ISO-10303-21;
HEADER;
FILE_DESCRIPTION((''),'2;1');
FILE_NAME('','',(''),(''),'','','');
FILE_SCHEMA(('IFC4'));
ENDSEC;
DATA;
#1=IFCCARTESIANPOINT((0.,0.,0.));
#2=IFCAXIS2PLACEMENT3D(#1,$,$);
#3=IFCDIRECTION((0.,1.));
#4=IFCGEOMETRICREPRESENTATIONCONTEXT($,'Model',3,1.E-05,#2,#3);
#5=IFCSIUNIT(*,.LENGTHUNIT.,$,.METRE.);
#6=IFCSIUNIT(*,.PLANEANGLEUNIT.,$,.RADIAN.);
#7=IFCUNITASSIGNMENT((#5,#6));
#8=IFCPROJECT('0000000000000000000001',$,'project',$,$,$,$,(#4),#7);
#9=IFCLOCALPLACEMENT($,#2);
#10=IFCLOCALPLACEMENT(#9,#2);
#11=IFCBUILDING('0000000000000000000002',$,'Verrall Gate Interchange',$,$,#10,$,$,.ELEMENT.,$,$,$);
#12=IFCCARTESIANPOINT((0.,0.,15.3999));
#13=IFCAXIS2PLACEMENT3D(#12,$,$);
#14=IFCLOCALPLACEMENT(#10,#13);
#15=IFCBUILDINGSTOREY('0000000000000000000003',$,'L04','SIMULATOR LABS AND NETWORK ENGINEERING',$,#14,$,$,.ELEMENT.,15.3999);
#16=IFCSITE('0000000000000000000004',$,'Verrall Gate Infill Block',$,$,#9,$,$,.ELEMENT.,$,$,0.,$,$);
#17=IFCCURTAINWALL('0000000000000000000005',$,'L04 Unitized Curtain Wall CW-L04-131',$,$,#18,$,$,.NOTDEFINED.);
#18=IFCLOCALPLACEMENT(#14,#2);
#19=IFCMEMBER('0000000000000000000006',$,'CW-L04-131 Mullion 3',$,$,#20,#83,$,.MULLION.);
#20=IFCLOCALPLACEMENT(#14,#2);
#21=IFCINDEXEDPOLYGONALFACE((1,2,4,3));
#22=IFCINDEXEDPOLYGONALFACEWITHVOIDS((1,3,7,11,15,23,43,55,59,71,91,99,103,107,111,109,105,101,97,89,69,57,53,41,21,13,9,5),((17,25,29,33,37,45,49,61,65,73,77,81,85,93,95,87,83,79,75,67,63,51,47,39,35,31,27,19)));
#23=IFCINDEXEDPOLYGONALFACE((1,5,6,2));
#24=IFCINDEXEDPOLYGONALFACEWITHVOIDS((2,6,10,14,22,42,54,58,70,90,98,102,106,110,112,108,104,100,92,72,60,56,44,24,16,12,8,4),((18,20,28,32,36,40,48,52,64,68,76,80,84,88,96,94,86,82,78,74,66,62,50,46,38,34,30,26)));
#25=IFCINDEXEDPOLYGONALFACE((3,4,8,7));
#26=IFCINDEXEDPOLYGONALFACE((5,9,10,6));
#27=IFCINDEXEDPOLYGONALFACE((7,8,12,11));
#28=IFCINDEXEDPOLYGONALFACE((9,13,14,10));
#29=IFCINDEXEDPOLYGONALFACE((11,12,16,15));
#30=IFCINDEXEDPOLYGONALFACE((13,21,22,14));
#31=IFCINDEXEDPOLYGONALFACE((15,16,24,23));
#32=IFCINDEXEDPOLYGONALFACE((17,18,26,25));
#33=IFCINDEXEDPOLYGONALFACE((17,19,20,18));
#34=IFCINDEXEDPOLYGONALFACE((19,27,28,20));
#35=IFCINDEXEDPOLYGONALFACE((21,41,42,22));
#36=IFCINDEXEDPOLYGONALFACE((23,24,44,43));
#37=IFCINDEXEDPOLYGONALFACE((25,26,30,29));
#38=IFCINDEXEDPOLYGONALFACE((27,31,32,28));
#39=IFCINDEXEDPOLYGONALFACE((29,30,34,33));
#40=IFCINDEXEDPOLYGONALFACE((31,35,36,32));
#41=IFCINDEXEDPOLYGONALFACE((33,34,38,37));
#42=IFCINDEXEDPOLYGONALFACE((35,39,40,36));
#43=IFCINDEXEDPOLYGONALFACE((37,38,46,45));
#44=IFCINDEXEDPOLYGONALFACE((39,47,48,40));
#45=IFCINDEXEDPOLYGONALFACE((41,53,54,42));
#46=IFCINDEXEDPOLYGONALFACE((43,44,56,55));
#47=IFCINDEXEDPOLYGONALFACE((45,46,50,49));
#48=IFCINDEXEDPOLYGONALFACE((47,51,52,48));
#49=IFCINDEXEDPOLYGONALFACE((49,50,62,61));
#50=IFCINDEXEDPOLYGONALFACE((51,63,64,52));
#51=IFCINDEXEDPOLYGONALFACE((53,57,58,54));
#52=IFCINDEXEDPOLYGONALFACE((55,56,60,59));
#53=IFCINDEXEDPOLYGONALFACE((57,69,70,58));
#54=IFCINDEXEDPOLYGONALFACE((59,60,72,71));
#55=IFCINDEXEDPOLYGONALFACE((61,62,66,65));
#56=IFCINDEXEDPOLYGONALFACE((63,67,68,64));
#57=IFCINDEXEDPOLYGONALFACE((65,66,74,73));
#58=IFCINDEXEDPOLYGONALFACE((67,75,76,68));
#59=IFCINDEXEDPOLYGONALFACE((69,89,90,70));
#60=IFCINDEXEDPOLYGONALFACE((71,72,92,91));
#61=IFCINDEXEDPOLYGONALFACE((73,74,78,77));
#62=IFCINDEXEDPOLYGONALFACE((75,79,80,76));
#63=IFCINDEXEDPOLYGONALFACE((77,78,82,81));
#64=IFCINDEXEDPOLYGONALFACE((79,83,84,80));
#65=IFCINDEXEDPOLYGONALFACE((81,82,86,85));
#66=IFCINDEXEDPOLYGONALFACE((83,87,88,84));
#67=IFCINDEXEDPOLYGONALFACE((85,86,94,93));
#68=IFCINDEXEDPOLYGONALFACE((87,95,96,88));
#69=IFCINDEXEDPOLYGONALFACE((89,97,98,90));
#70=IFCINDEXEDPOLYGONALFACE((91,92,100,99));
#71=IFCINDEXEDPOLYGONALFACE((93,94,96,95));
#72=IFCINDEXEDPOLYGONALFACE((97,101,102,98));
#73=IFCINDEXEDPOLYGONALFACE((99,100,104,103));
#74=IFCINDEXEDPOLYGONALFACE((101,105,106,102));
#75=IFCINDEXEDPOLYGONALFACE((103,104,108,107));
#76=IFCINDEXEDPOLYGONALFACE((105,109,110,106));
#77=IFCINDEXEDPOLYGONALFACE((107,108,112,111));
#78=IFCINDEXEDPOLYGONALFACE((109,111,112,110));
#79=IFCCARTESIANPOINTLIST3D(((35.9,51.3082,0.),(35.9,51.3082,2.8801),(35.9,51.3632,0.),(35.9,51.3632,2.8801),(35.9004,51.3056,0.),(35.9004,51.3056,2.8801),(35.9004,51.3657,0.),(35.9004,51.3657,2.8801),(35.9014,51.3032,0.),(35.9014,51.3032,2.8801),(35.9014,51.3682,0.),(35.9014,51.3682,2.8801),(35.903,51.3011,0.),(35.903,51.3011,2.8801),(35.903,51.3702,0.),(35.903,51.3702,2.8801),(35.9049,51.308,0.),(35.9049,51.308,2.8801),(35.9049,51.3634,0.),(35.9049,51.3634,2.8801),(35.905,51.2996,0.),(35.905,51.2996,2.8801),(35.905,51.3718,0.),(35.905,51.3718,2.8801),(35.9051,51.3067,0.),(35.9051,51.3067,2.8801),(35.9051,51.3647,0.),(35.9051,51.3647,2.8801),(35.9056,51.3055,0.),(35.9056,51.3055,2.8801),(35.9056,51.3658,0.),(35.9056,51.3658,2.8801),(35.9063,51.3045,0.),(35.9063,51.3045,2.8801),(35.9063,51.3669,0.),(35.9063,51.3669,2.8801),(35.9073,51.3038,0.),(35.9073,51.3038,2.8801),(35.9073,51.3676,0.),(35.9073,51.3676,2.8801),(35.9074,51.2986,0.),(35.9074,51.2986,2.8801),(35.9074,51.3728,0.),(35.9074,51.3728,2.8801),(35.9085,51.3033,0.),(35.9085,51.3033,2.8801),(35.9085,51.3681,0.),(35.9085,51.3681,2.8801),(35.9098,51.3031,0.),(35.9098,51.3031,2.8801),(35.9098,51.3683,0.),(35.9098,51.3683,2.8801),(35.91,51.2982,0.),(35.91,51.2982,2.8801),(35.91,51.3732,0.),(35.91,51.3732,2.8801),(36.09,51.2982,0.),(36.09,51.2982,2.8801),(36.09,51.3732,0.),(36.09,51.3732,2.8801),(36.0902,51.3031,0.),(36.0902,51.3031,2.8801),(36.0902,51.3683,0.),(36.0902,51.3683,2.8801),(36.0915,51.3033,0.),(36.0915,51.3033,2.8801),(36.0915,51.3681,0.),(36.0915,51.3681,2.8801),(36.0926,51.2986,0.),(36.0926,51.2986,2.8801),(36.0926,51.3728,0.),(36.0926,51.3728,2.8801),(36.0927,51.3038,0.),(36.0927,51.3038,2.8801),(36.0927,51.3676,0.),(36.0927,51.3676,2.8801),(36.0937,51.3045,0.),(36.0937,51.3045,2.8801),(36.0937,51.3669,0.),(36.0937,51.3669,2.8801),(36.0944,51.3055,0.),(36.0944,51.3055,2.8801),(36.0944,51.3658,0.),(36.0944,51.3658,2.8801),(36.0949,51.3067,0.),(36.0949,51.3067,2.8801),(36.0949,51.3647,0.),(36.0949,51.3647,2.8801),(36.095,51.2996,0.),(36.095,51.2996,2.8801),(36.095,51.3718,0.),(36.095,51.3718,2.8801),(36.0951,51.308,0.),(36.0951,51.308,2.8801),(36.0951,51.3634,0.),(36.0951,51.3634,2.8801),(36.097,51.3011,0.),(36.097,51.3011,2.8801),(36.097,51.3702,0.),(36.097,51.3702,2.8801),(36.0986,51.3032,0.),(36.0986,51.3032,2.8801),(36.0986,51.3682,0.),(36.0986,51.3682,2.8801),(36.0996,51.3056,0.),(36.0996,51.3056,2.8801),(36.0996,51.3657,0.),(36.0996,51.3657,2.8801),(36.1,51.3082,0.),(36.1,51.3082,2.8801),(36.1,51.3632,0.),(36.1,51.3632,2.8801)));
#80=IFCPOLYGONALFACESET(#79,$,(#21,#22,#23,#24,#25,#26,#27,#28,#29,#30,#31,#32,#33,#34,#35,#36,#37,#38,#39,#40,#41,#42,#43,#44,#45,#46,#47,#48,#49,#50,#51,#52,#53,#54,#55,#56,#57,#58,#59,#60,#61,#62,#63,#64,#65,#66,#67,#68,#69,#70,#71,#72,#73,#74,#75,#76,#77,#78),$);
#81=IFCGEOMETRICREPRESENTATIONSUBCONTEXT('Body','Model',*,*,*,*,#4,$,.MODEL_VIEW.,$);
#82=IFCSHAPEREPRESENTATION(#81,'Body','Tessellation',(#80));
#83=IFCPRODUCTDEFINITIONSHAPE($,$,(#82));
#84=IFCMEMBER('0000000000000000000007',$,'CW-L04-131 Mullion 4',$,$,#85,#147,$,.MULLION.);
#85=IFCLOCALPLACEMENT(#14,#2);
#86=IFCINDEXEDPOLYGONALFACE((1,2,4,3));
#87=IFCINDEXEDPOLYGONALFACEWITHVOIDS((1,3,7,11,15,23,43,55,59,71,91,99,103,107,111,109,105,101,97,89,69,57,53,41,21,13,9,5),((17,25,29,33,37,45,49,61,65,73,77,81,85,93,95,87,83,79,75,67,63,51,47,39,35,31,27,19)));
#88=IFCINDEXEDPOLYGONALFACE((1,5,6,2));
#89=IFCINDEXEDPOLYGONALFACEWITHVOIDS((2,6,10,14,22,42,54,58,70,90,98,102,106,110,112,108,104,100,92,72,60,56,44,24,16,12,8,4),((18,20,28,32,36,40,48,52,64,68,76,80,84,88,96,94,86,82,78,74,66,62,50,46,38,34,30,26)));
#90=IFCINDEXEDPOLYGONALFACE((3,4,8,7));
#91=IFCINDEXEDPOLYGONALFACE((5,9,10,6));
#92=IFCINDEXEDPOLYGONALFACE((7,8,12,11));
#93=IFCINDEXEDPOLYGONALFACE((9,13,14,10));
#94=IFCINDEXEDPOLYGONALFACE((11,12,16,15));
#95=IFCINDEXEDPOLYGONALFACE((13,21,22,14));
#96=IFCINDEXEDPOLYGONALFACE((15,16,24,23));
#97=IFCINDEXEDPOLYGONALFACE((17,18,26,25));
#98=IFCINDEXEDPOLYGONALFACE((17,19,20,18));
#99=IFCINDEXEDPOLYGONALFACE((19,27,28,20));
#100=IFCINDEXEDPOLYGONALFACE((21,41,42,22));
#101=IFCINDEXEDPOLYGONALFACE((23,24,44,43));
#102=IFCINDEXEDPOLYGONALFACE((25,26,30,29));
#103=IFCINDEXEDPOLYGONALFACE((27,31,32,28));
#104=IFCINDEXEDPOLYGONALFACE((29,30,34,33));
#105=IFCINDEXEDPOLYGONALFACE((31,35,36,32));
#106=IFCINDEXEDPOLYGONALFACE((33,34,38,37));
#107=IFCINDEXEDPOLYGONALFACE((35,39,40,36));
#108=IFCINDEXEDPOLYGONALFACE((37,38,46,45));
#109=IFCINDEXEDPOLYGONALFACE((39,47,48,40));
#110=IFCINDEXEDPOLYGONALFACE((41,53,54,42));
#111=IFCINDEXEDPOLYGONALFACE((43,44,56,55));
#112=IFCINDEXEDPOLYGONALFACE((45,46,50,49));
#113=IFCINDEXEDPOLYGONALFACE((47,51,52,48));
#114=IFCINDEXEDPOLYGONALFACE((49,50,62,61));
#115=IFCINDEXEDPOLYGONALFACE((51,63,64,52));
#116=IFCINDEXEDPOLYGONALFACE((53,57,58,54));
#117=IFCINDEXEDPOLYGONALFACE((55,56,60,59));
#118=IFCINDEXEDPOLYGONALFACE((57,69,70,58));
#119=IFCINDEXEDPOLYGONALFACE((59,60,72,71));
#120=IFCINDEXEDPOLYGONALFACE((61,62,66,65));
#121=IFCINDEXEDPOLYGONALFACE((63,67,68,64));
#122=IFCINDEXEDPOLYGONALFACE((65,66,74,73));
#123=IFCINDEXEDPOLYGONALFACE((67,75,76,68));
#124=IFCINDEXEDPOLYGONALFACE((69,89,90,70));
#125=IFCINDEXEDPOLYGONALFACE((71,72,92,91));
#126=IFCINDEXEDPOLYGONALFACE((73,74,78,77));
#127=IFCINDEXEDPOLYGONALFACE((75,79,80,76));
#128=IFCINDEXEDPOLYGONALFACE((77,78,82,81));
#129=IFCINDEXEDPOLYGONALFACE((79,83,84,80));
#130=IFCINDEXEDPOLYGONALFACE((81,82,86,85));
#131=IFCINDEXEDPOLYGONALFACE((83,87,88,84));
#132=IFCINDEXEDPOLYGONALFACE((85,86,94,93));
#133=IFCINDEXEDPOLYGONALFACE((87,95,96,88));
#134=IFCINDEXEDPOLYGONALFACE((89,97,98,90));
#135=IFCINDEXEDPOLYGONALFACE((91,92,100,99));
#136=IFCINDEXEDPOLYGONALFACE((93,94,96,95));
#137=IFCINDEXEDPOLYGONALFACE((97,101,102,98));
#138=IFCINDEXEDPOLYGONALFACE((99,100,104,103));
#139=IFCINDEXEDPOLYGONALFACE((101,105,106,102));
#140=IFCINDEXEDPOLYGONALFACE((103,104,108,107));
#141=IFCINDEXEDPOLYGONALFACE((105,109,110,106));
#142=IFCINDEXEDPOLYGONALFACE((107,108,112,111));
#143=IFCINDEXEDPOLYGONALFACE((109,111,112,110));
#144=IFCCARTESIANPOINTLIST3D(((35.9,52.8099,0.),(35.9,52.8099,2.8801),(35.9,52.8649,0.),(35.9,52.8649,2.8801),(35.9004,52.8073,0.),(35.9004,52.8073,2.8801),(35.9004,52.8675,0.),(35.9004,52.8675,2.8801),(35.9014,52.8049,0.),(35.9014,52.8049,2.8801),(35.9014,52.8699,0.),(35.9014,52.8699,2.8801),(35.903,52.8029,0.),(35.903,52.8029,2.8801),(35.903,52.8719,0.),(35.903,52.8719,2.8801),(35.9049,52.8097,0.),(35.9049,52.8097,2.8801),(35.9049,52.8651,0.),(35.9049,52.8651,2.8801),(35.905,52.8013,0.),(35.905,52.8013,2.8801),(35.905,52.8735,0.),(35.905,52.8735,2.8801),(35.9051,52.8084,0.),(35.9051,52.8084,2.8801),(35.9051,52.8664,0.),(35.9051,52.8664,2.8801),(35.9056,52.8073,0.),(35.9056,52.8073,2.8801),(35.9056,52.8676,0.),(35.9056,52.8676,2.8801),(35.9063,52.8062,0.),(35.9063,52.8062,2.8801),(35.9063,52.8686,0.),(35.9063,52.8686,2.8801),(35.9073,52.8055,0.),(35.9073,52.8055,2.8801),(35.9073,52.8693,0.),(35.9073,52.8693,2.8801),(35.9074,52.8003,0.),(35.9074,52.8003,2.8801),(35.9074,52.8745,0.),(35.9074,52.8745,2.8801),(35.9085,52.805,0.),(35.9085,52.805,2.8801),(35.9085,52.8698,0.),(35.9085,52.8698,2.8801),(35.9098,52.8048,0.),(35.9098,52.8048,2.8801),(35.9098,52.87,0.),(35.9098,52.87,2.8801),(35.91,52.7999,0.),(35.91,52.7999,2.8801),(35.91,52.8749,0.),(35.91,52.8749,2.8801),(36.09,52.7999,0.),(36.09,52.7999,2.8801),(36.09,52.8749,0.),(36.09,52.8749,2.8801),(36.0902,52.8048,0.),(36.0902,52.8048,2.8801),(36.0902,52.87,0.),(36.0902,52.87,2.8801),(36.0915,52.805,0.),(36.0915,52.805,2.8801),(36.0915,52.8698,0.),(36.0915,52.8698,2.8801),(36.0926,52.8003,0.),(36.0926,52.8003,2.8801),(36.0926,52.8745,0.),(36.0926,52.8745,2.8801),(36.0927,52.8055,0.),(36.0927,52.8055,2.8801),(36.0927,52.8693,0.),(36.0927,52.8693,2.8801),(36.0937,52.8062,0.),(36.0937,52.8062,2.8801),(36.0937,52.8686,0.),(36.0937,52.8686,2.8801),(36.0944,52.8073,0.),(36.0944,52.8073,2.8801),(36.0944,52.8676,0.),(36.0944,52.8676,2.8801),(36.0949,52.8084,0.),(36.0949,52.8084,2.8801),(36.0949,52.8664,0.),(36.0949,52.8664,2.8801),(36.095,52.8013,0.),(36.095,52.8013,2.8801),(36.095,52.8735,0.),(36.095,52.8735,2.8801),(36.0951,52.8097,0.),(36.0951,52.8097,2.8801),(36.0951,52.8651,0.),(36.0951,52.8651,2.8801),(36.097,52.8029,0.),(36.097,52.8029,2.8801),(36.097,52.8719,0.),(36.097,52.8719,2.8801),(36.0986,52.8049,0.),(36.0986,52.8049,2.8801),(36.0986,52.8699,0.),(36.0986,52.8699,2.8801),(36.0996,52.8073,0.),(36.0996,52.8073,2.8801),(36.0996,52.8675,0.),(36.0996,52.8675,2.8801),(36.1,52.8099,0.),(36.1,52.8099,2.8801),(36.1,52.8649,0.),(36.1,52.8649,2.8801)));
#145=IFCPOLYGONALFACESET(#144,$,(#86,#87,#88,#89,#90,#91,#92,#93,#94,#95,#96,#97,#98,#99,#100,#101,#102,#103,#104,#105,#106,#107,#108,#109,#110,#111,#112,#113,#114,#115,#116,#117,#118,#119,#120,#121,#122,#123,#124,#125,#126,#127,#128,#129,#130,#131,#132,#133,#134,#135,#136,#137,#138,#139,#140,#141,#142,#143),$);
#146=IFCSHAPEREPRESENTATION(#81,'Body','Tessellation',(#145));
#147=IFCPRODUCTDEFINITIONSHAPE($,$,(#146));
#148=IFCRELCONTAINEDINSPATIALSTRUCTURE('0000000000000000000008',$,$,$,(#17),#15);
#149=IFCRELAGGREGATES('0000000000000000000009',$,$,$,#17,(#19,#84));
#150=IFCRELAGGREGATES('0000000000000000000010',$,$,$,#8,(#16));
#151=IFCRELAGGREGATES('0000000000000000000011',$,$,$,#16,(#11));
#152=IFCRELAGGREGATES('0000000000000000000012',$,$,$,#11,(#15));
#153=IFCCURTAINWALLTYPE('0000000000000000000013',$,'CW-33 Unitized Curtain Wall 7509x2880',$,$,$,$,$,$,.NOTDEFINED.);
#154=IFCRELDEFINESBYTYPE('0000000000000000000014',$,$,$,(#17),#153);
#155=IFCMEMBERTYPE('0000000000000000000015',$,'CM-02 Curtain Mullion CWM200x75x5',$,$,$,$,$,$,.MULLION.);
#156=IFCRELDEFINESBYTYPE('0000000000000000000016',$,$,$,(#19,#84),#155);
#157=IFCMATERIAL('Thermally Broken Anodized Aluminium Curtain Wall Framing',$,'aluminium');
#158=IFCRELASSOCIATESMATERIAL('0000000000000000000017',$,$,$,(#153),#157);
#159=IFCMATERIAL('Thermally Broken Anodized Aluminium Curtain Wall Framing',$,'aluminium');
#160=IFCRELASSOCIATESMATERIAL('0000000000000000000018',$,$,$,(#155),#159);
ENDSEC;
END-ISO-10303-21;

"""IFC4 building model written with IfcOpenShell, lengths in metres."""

from ifc_helpers import new_model, si_unit, direction, frame, origin, origin_2d, place, context, subcontext, project, spatial, hollow_rectangle, extrude, material, material_profile, profile_set, type_object, element, aggregate, save


model = new_model("IFC4")

# Units and contexts
model_context = context("Model", 3, precision=1e-05, world=origin(), true_north=direction((0.0, 1.0)))
body_context = subcontext(model_context, "Body", "Model", "MODEL_VIEW")
ifc_project = project(units=[si_unit("LENGTHUNIT", "METRE"), si_unit("PLANEANGLEUNIT", "RADIAN")], contexts=[model_context])

# Site, building, storey
site_placement = place(None, origin())
site = spatial("IfcSite", under=ifc_project, at=site_placement, Name="Verrall Gate Infill Block", CompositionType="ELEMENT", RefElevation=0.0)
building_placement = place(site_placement, origin())
building = spatial("IfcBuilding", under=site, at=building_placement, Name="Verrall Gate Interchange", CompositionType="ELEMENT")
storey_placement = place(building_placement, frame((0.0, 0.0, 15.3999)))
storey = spatial("IfcBuildingStorey", under=building, at=storey_placement, Name="L04", Description="SIMULATOR LABS AND NETWORK ENGINEERING", CompositionType="ELEMENT", Elevation=15.3999)

# Curtain wall, members
ifc_material_1 = material(Name="Thermally Broken Anodized Aluminium Curtain Wall Framing", Category="aluminium")
curtain_wall_type_1 = type_object("IfcCurtainWallType", Name="CW-33 Unitized Curtain Wall 7509x2880", PredefinedType="NOTDEFINED", material=ifc_material_1)
curtain_wall_1_placement = place(storey_placement, origin())
curtain_wall_1 = element("IfcCurtainWall", 1, at=curtain_wall_1_placement, inside=storey, type_object=curtain_wall_type_1, Name="L04 Unitized Curtain Wall CW-L04-131", PredefinedType="NOTDEFINED")
ifc_material_2 = material(Name="Thermally Broken Anodized Aluminium Curtain Wall Framing", Category="aluminium")
ifc_material_profile_1 = material_profile(ifc_material_2, hollow_rectangle(XDim=0.075, YDim=0.2, WallThickness=0.0049, InnerFilletRadius=0.0049, OuterFilletRadius=0.01, at=origin_2d()), Name="CWM200x75x5")
ifc_profile_set_1 = profile_set([ifc_material_profile_1], Name="Thermally Broken Anodized Aluminium Curtain Wall Framing")
member_type_1 = type_object("IfcMemberType", Name="CM-02 Curtain Mullion CWM200x75x5", PredefinedType="MULLION", material=ifc_profile_set_1)
member_1_placement = place(storey_placement, frame((36.0, 51.3357, 0.0), z_axis=(0.0, 0.0, 1.0), x_axis=(0.0, 1.0, 0.0)))
member_1 = element("IfcMember", 2, at=member_1_placement, type_object=member_type_1, Name="CW-L04-131 Mullion 3", PredefinedType="MULLION", context=body_context, shape_type="SweptSolid", body=[
    extrude(hollow_rectangle(XDim=0.075, YDim=0.2, WallThickness=0.0049, InnerFilletRadius=0.0049, OuterFilletRadius=0.01, at=origin_2d()), origin(), (0.0, 0.0, 1.0), 2.8801),
])
member_2_placement = place(storey_placement, frame((36.0, 52.8374, 0.0), z_axis=(0.0, 0.0, 1.0), x_axis=(0.0, 1.0, 0.0)))
member_2 = element("IfcMember", 3, at=member_2_placement, type_object=member_type_1, Name="CW-L04-131 Mullion 4", PredefinedType="MULLION", context=body_context, shape_type="SweptSolid", body=[
    extrude(hollow_rectangle(XDim=0.075, YDim=0.2, WallThickness=0.0049, InnerFilletRadius=0.0049, OuterFilletRadius=0.01, at=origin_2d()), origin(), (0.0, 0.0, 1.0), 2.8801),
])

aggregate(curtain_wall_1, [member_1, member_2])

save(model, "model.ifc")
